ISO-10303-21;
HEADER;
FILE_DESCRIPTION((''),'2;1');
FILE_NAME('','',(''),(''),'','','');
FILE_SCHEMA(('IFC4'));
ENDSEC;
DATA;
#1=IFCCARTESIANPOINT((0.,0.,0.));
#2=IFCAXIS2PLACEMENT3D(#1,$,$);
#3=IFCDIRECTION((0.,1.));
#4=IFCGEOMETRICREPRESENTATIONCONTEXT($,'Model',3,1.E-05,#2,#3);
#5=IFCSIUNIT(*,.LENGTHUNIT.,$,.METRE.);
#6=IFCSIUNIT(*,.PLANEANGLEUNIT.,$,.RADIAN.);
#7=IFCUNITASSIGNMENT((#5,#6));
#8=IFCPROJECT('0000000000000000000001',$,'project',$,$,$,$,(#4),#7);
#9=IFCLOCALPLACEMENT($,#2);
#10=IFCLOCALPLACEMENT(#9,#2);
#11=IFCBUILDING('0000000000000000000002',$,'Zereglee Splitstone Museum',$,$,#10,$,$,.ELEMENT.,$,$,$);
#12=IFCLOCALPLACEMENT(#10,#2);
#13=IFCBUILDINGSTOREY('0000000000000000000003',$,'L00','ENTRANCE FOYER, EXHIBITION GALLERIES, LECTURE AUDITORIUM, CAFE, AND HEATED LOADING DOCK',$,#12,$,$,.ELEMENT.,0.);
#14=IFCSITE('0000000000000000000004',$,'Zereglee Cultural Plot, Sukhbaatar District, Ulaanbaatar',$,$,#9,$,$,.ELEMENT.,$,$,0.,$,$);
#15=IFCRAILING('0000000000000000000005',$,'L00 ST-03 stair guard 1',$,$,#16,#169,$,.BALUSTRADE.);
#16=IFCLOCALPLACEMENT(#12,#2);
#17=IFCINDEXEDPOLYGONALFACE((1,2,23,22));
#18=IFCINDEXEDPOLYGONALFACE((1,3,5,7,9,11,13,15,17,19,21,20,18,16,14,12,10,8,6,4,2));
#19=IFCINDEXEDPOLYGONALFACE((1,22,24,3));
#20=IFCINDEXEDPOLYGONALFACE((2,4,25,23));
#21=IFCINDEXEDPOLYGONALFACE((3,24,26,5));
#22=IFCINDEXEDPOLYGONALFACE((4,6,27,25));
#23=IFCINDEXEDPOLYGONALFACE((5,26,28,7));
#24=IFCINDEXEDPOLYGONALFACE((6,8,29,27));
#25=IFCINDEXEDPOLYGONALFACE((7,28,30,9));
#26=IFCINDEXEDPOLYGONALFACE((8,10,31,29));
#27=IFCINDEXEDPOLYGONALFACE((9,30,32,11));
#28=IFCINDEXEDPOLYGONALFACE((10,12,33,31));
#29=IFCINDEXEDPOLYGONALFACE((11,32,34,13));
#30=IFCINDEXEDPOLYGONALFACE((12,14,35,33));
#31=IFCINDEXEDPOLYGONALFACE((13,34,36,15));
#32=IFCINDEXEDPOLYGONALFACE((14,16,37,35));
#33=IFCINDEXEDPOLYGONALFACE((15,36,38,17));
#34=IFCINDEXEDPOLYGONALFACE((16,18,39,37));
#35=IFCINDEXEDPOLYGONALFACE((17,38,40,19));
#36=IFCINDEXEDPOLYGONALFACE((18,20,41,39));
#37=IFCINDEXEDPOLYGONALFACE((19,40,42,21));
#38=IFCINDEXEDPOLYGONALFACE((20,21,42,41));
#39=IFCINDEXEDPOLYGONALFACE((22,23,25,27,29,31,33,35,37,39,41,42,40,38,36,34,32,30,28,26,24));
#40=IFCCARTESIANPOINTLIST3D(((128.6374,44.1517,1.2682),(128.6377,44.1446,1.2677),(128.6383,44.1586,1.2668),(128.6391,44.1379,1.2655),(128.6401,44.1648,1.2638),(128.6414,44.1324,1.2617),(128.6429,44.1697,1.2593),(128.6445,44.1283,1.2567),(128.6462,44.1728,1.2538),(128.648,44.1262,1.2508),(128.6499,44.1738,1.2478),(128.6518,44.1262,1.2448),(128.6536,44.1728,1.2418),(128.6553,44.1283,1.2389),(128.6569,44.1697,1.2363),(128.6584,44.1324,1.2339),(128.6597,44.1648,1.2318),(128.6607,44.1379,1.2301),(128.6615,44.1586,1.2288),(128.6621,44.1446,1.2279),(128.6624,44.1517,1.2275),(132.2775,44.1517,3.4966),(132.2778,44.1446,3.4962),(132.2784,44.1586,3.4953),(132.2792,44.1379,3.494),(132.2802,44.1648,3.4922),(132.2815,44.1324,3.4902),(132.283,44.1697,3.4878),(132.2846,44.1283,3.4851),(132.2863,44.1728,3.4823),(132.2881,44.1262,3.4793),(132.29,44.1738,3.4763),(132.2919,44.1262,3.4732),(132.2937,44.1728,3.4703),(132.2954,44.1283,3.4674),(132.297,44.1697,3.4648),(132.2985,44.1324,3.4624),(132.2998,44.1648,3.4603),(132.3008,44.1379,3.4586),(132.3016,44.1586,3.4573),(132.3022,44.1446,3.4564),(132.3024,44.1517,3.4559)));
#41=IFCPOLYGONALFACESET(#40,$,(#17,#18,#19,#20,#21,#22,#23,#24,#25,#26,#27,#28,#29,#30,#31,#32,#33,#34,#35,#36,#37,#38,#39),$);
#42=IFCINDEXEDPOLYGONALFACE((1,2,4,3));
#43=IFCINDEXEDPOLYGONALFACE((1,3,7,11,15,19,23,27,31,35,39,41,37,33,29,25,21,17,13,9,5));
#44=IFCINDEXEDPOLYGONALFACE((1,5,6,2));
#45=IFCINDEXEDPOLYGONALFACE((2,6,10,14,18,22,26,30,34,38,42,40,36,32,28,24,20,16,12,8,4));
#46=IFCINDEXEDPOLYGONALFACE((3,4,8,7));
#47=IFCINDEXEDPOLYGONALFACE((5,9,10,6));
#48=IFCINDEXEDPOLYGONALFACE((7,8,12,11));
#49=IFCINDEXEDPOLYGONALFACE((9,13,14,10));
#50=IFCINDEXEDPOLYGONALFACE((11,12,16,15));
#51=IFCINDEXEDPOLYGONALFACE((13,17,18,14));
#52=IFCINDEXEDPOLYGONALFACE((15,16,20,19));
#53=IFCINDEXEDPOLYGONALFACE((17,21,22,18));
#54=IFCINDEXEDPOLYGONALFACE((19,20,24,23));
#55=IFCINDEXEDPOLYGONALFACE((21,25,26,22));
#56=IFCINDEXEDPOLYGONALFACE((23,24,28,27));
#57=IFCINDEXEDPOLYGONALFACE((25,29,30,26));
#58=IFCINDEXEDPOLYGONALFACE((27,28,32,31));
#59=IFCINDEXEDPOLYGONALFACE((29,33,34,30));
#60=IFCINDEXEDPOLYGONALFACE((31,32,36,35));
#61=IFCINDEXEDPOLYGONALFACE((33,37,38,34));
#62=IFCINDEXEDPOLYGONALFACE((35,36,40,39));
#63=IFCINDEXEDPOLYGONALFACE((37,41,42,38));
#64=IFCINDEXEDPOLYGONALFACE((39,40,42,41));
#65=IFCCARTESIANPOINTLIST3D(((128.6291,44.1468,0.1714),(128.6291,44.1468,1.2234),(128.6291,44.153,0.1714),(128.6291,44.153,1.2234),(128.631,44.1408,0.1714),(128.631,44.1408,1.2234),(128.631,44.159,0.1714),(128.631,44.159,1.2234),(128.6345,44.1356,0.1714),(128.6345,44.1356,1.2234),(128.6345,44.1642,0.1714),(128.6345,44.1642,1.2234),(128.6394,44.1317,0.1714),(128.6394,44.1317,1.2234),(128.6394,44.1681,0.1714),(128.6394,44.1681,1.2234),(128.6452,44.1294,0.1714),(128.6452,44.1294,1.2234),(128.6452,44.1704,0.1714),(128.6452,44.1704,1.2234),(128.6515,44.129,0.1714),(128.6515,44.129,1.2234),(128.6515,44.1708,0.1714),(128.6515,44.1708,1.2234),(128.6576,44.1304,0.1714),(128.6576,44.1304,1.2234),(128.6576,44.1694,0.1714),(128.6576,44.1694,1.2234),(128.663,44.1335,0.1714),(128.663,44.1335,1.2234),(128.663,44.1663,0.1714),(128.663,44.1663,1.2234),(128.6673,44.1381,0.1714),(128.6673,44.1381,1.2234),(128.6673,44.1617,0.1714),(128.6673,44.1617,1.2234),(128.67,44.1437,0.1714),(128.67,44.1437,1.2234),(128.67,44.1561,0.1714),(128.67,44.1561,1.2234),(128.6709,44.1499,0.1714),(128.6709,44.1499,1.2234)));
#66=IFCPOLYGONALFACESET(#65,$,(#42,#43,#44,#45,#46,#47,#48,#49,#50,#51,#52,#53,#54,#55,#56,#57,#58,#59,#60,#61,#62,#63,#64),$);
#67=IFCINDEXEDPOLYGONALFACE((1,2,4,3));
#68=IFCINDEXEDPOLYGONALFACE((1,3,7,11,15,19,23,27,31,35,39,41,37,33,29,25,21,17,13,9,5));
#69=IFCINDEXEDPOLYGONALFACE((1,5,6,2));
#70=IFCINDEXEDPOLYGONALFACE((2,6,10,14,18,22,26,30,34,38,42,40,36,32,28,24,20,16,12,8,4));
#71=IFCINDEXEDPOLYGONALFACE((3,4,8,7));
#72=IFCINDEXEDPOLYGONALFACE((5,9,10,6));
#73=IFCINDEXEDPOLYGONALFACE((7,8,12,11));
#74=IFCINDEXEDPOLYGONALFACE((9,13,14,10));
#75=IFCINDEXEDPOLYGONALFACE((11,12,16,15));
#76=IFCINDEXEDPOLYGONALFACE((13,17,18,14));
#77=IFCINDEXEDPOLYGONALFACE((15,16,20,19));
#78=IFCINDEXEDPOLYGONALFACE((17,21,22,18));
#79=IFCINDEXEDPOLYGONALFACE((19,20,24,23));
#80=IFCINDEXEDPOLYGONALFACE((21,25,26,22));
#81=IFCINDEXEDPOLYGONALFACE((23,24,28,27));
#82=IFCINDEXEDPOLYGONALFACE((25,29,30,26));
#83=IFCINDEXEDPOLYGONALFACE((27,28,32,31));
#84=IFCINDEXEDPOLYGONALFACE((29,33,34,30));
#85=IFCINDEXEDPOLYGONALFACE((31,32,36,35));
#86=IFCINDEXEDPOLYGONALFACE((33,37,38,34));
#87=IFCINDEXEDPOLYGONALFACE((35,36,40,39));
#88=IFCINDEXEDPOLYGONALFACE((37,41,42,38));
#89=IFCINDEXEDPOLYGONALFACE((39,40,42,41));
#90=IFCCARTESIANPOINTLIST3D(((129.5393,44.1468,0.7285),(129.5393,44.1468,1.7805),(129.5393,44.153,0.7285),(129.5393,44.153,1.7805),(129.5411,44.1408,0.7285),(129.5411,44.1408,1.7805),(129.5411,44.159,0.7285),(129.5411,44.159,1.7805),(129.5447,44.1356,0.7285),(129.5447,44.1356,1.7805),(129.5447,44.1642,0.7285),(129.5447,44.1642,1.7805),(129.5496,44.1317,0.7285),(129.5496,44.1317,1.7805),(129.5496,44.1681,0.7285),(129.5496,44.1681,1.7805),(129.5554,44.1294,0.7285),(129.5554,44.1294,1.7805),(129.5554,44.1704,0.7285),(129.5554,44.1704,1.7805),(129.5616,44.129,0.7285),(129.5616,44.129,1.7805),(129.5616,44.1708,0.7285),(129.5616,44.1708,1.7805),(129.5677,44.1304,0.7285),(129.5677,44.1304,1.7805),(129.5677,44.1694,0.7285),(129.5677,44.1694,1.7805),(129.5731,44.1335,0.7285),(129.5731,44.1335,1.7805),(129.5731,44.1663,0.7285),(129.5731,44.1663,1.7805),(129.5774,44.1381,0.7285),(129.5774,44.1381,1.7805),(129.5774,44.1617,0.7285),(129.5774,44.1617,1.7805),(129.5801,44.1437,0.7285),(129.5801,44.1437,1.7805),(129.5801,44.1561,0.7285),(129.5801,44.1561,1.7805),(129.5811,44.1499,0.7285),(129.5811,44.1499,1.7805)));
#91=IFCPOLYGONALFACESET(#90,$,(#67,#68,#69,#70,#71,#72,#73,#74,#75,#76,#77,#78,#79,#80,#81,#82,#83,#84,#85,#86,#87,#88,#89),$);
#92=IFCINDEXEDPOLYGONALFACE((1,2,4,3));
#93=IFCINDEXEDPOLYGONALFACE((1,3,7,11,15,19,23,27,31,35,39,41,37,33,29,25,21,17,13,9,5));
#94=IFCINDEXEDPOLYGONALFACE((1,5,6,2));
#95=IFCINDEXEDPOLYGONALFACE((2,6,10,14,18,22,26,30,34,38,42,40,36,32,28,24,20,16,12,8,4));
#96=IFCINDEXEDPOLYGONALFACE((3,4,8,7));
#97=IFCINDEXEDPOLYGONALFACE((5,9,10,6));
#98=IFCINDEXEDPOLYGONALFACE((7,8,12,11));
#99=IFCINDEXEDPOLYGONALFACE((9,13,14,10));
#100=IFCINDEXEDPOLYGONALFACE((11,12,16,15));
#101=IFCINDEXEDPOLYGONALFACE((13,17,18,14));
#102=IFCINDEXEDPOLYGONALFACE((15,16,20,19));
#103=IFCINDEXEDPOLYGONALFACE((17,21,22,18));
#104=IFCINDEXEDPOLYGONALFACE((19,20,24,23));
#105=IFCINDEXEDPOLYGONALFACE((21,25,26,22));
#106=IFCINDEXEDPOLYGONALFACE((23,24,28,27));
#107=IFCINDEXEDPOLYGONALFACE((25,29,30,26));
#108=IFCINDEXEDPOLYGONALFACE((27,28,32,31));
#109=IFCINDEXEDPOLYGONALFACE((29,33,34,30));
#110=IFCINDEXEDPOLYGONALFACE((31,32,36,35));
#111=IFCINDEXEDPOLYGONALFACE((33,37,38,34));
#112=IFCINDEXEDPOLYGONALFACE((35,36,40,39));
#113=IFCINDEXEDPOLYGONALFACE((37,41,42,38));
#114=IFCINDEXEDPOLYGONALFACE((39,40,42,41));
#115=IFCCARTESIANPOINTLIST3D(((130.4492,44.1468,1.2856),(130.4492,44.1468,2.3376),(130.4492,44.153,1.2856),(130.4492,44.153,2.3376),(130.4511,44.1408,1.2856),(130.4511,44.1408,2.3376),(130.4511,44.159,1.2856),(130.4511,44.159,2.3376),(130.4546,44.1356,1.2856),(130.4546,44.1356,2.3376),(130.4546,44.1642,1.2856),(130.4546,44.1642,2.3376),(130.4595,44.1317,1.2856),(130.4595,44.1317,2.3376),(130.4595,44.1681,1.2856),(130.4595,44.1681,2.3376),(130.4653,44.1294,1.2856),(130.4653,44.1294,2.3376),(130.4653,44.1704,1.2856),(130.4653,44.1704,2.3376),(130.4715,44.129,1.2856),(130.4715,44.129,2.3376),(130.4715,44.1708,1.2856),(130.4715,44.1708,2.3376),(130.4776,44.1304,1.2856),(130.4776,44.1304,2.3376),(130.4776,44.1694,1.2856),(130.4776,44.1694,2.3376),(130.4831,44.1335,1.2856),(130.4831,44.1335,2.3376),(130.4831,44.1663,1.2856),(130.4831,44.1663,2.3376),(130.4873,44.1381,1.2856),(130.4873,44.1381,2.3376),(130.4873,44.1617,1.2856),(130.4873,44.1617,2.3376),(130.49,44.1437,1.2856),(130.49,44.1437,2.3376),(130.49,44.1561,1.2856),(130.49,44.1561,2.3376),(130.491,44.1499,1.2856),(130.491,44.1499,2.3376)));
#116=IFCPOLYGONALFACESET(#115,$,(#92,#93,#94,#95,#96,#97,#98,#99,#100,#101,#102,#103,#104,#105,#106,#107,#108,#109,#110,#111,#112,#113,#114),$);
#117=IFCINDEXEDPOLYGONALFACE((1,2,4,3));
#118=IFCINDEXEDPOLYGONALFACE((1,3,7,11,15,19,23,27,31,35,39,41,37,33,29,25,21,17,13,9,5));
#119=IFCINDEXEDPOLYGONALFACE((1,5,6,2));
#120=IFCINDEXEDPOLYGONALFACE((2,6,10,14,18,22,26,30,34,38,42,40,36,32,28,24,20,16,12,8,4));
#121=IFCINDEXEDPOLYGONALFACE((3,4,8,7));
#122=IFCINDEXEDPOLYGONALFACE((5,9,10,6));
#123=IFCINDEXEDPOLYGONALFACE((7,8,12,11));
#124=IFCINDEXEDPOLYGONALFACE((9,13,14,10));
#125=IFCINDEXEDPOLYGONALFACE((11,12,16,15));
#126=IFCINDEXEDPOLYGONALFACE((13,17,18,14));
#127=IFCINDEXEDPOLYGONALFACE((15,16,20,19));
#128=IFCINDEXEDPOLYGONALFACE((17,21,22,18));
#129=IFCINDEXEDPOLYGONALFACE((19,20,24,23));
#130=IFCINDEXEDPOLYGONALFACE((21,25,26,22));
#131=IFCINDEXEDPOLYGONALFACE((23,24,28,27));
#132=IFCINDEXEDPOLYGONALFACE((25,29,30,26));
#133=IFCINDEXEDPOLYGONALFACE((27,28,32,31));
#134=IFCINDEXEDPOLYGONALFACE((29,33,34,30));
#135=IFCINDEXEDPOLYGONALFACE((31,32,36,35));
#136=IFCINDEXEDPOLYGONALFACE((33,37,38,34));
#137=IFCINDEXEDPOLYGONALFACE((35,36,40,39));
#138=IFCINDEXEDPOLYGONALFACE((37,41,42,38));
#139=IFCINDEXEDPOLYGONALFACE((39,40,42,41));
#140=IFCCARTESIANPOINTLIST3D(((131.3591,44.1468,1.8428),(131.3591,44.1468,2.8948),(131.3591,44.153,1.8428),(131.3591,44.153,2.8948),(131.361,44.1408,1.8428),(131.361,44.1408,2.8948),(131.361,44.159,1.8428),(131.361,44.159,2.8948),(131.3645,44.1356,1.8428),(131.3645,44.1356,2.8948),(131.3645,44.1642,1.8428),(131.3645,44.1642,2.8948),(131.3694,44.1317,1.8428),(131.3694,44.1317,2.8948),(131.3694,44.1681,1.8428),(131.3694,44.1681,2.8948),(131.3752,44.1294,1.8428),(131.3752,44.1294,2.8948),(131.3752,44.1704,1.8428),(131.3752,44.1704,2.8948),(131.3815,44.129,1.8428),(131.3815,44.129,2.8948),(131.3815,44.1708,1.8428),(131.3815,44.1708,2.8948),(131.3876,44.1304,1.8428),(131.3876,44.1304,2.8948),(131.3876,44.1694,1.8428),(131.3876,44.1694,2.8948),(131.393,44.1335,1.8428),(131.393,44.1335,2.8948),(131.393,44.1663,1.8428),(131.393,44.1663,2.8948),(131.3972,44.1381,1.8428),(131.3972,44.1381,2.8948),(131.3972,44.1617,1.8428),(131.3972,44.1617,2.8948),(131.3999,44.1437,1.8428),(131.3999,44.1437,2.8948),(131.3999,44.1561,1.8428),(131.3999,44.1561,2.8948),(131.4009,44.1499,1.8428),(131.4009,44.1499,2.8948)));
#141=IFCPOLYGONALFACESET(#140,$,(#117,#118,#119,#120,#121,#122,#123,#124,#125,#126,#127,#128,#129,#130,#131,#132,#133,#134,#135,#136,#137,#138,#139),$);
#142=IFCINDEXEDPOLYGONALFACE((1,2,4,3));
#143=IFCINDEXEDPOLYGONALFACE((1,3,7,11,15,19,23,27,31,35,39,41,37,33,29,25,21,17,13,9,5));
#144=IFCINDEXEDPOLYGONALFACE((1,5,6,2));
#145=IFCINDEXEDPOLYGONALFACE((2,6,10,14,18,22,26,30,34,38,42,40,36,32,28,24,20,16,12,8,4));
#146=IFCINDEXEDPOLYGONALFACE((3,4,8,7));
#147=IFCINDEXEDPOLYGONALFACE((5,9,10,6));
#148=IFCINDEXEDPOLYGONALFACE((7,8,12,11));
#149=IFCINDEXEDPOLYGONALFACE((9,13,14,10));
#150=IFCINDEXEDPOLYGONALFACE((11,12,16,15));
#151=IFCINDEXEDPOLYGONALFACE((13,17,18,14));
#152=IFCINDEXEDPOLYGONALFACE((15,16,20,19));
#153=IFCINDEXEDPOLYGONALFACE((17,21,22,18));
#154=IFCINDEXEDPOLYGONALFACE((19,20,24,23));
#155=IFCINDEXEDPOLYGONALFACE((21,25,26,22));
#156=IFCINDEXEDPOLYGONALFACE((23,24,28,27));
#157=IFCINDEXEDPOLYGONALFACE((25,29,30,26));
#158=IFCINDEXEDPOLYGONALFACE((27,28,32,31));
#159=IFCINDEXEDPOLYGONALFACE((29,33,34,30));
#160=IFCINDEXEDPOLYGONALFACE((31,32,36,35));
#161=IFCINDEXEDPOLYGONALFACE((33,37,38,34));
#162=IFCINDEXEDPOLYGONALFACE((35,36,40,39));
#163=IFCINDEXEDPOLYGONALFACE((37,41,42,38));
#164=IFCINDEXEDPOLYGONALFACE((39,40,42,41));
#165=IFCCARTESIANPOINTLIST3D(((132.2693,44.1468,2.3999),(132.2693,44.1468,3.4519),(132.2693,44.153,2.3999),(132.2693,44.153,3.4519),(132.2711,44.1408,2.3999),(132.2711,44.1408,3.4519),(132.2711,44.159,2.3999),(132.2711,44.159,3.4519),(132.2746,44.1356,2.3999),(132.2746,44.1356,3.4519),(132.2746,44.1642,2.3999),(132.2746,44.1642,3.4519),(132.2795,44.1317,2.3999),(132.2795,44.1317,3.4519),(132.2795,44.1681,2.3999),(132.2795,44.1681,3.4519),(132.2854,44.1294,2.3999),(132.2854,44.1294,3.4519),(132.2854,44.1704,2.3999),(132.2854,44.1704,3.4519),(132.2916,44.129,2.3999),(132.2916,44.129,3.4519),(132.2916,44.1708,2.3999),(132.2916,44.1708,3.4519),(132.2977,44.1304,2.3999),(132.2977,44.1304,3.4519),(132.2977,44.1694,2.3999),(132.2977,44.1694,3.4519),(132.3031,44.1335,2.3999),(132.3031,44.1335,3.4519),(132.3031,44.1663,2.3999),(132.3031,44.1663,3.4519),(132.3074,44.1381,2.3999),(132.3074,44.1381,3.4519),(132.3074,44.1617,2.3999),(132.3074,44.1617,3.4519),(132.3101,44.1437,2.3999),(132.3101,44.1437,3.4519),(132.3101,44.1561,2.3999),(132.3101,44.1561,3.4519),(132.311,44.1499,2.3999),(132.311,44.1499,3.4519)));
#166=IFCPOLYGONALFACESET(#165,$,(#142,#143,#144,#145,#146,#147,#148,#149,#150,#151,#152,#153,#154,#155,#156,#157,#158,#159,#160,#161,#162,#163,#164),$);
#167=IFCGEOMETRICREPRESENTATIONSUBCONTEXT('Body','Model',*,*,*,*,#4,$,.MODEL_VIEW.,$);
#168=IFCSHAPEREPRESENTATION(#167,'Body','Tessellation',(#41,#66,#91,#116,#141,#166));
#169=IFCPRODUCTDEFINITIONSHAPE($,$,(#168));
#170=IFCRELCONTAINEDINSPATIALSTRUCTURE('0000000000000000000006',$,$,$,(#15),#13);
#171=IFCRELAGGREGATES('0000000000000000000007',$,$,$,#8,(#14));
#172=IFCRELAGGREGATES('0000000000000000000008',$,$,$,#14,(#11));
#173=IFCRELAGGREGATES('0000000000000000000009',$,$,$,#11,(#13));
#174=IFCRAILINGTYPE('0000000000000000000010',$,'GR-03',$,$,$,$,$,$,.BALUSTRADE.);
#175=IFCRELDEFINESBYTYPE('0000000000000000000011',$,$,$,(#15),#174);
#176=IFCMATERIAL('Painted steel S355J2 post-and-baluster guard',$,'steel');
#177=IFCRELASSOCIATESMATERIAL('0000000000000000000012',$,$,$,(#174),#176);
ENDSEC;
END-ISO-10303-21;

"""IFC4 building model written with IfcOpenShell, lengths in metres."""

from ifc_helpers import new_model, si_unit, direction, frame, origin, origin_2d, place, context, subcontext, project, spatial, circle, extrude, material, type_object, element, save


model = new_model("IFC4")

# Units and contexts
model_context = context("Model", 3, precision=1e-05, world=origin(), true_north=direction((0.0, 1.0)))
body_context = subcontext(model_context, "Body", "Model", "MODEL_VIEW")
ifc_project = project(units=[si_unit("LENGTHUNIT", "METRE"), si_unit("PLANEANGLEUNIT", "RADIAN")], contexts=[model_context])

# Site, building, storey
site_placement = place(None, origin())
site = spatial("IfcSite", under=ifc_project, at=site_placement, Name="Zereglee Cultural Plot, Sukhbaatar District, Ulaanbaatar", CompositionType="ELEMENT", RefElevation=0.0)
building_placement = place(site_placement, origin())
building = spatial("IfcBuilding", under=site, at=building_placement, Name="Zereglee Splitstone Museum", CompositionType="ELEMENT")
storey_placement = place(building_placement, origin())
storey = spatial("IfcBuildingStorey", under=building, at=storey_placement, Name="L00", Description="ENTRANCE FOYER, EXHIBITION GALLERIES, LECTURE AUDITORIUM, CAFE, AND HEATED LOADING DOCK", CompositionType="ELEMENT", Elevation=0.0)

# Railing
ifc_material_1 = material(Name="Painted steel S355J2 post-and-baluster guard", Category="steel")
railing_type_1 = type_object("IfcRailingType", Name="GR-03", PredefinedType="BALUSTRADE", material=ifc_material_1)
railing_1_placement = place(storey_placement, frame((128.6499, 44.1499, 0.1714)))
element("IfcRailing", 1, at=railing_1_placement, inside=storey, type_object=railing_type_1, Name="L00 ST-03 stair guard 1", PredefinedType="BALUSTRADE", context=body_context, shape_type="SweptSolid", body=[
    extrude(circle(Radius=0.0239, at=origin_2d()), frame((0.0, 0.0, 1.0764), z_axis=(0.852866, 0.0, 0.52213), x_axis=(0.0, 1.0, 0.0)), (0.0, 0.0, 1.0), 4.2681),
    extrude(circle(Radius=0.021, at=origin_2d()), origin(), (0.0, 0.0, 1.0), 1.052),
    extrude(circle(Radius=0.021, at=origin_2d()), frame((0.9102, 0.0, 0.5571)), (0.0, 0.0, 1.0), 1.052),
    extrude(circle(Radius=0.021, at=origin_2d()), frame((1.8201, 0.0, 1.1143)), (0.0, 0.0, 1.0), 1.052),
    extrude(circle(Radius=0.021, at=origin_2d()), frame((2.73, 0.0, 1.6714)), (0.0, 0.0, 1.0), 1.052),
    extrude(circle(Radius=0.021, at=origin_2d()), frame((3.6401, 0.0, 2.2285)), (0.0, 0.0, 1.0), 1.052),
])

save(model, "model.ifc")
